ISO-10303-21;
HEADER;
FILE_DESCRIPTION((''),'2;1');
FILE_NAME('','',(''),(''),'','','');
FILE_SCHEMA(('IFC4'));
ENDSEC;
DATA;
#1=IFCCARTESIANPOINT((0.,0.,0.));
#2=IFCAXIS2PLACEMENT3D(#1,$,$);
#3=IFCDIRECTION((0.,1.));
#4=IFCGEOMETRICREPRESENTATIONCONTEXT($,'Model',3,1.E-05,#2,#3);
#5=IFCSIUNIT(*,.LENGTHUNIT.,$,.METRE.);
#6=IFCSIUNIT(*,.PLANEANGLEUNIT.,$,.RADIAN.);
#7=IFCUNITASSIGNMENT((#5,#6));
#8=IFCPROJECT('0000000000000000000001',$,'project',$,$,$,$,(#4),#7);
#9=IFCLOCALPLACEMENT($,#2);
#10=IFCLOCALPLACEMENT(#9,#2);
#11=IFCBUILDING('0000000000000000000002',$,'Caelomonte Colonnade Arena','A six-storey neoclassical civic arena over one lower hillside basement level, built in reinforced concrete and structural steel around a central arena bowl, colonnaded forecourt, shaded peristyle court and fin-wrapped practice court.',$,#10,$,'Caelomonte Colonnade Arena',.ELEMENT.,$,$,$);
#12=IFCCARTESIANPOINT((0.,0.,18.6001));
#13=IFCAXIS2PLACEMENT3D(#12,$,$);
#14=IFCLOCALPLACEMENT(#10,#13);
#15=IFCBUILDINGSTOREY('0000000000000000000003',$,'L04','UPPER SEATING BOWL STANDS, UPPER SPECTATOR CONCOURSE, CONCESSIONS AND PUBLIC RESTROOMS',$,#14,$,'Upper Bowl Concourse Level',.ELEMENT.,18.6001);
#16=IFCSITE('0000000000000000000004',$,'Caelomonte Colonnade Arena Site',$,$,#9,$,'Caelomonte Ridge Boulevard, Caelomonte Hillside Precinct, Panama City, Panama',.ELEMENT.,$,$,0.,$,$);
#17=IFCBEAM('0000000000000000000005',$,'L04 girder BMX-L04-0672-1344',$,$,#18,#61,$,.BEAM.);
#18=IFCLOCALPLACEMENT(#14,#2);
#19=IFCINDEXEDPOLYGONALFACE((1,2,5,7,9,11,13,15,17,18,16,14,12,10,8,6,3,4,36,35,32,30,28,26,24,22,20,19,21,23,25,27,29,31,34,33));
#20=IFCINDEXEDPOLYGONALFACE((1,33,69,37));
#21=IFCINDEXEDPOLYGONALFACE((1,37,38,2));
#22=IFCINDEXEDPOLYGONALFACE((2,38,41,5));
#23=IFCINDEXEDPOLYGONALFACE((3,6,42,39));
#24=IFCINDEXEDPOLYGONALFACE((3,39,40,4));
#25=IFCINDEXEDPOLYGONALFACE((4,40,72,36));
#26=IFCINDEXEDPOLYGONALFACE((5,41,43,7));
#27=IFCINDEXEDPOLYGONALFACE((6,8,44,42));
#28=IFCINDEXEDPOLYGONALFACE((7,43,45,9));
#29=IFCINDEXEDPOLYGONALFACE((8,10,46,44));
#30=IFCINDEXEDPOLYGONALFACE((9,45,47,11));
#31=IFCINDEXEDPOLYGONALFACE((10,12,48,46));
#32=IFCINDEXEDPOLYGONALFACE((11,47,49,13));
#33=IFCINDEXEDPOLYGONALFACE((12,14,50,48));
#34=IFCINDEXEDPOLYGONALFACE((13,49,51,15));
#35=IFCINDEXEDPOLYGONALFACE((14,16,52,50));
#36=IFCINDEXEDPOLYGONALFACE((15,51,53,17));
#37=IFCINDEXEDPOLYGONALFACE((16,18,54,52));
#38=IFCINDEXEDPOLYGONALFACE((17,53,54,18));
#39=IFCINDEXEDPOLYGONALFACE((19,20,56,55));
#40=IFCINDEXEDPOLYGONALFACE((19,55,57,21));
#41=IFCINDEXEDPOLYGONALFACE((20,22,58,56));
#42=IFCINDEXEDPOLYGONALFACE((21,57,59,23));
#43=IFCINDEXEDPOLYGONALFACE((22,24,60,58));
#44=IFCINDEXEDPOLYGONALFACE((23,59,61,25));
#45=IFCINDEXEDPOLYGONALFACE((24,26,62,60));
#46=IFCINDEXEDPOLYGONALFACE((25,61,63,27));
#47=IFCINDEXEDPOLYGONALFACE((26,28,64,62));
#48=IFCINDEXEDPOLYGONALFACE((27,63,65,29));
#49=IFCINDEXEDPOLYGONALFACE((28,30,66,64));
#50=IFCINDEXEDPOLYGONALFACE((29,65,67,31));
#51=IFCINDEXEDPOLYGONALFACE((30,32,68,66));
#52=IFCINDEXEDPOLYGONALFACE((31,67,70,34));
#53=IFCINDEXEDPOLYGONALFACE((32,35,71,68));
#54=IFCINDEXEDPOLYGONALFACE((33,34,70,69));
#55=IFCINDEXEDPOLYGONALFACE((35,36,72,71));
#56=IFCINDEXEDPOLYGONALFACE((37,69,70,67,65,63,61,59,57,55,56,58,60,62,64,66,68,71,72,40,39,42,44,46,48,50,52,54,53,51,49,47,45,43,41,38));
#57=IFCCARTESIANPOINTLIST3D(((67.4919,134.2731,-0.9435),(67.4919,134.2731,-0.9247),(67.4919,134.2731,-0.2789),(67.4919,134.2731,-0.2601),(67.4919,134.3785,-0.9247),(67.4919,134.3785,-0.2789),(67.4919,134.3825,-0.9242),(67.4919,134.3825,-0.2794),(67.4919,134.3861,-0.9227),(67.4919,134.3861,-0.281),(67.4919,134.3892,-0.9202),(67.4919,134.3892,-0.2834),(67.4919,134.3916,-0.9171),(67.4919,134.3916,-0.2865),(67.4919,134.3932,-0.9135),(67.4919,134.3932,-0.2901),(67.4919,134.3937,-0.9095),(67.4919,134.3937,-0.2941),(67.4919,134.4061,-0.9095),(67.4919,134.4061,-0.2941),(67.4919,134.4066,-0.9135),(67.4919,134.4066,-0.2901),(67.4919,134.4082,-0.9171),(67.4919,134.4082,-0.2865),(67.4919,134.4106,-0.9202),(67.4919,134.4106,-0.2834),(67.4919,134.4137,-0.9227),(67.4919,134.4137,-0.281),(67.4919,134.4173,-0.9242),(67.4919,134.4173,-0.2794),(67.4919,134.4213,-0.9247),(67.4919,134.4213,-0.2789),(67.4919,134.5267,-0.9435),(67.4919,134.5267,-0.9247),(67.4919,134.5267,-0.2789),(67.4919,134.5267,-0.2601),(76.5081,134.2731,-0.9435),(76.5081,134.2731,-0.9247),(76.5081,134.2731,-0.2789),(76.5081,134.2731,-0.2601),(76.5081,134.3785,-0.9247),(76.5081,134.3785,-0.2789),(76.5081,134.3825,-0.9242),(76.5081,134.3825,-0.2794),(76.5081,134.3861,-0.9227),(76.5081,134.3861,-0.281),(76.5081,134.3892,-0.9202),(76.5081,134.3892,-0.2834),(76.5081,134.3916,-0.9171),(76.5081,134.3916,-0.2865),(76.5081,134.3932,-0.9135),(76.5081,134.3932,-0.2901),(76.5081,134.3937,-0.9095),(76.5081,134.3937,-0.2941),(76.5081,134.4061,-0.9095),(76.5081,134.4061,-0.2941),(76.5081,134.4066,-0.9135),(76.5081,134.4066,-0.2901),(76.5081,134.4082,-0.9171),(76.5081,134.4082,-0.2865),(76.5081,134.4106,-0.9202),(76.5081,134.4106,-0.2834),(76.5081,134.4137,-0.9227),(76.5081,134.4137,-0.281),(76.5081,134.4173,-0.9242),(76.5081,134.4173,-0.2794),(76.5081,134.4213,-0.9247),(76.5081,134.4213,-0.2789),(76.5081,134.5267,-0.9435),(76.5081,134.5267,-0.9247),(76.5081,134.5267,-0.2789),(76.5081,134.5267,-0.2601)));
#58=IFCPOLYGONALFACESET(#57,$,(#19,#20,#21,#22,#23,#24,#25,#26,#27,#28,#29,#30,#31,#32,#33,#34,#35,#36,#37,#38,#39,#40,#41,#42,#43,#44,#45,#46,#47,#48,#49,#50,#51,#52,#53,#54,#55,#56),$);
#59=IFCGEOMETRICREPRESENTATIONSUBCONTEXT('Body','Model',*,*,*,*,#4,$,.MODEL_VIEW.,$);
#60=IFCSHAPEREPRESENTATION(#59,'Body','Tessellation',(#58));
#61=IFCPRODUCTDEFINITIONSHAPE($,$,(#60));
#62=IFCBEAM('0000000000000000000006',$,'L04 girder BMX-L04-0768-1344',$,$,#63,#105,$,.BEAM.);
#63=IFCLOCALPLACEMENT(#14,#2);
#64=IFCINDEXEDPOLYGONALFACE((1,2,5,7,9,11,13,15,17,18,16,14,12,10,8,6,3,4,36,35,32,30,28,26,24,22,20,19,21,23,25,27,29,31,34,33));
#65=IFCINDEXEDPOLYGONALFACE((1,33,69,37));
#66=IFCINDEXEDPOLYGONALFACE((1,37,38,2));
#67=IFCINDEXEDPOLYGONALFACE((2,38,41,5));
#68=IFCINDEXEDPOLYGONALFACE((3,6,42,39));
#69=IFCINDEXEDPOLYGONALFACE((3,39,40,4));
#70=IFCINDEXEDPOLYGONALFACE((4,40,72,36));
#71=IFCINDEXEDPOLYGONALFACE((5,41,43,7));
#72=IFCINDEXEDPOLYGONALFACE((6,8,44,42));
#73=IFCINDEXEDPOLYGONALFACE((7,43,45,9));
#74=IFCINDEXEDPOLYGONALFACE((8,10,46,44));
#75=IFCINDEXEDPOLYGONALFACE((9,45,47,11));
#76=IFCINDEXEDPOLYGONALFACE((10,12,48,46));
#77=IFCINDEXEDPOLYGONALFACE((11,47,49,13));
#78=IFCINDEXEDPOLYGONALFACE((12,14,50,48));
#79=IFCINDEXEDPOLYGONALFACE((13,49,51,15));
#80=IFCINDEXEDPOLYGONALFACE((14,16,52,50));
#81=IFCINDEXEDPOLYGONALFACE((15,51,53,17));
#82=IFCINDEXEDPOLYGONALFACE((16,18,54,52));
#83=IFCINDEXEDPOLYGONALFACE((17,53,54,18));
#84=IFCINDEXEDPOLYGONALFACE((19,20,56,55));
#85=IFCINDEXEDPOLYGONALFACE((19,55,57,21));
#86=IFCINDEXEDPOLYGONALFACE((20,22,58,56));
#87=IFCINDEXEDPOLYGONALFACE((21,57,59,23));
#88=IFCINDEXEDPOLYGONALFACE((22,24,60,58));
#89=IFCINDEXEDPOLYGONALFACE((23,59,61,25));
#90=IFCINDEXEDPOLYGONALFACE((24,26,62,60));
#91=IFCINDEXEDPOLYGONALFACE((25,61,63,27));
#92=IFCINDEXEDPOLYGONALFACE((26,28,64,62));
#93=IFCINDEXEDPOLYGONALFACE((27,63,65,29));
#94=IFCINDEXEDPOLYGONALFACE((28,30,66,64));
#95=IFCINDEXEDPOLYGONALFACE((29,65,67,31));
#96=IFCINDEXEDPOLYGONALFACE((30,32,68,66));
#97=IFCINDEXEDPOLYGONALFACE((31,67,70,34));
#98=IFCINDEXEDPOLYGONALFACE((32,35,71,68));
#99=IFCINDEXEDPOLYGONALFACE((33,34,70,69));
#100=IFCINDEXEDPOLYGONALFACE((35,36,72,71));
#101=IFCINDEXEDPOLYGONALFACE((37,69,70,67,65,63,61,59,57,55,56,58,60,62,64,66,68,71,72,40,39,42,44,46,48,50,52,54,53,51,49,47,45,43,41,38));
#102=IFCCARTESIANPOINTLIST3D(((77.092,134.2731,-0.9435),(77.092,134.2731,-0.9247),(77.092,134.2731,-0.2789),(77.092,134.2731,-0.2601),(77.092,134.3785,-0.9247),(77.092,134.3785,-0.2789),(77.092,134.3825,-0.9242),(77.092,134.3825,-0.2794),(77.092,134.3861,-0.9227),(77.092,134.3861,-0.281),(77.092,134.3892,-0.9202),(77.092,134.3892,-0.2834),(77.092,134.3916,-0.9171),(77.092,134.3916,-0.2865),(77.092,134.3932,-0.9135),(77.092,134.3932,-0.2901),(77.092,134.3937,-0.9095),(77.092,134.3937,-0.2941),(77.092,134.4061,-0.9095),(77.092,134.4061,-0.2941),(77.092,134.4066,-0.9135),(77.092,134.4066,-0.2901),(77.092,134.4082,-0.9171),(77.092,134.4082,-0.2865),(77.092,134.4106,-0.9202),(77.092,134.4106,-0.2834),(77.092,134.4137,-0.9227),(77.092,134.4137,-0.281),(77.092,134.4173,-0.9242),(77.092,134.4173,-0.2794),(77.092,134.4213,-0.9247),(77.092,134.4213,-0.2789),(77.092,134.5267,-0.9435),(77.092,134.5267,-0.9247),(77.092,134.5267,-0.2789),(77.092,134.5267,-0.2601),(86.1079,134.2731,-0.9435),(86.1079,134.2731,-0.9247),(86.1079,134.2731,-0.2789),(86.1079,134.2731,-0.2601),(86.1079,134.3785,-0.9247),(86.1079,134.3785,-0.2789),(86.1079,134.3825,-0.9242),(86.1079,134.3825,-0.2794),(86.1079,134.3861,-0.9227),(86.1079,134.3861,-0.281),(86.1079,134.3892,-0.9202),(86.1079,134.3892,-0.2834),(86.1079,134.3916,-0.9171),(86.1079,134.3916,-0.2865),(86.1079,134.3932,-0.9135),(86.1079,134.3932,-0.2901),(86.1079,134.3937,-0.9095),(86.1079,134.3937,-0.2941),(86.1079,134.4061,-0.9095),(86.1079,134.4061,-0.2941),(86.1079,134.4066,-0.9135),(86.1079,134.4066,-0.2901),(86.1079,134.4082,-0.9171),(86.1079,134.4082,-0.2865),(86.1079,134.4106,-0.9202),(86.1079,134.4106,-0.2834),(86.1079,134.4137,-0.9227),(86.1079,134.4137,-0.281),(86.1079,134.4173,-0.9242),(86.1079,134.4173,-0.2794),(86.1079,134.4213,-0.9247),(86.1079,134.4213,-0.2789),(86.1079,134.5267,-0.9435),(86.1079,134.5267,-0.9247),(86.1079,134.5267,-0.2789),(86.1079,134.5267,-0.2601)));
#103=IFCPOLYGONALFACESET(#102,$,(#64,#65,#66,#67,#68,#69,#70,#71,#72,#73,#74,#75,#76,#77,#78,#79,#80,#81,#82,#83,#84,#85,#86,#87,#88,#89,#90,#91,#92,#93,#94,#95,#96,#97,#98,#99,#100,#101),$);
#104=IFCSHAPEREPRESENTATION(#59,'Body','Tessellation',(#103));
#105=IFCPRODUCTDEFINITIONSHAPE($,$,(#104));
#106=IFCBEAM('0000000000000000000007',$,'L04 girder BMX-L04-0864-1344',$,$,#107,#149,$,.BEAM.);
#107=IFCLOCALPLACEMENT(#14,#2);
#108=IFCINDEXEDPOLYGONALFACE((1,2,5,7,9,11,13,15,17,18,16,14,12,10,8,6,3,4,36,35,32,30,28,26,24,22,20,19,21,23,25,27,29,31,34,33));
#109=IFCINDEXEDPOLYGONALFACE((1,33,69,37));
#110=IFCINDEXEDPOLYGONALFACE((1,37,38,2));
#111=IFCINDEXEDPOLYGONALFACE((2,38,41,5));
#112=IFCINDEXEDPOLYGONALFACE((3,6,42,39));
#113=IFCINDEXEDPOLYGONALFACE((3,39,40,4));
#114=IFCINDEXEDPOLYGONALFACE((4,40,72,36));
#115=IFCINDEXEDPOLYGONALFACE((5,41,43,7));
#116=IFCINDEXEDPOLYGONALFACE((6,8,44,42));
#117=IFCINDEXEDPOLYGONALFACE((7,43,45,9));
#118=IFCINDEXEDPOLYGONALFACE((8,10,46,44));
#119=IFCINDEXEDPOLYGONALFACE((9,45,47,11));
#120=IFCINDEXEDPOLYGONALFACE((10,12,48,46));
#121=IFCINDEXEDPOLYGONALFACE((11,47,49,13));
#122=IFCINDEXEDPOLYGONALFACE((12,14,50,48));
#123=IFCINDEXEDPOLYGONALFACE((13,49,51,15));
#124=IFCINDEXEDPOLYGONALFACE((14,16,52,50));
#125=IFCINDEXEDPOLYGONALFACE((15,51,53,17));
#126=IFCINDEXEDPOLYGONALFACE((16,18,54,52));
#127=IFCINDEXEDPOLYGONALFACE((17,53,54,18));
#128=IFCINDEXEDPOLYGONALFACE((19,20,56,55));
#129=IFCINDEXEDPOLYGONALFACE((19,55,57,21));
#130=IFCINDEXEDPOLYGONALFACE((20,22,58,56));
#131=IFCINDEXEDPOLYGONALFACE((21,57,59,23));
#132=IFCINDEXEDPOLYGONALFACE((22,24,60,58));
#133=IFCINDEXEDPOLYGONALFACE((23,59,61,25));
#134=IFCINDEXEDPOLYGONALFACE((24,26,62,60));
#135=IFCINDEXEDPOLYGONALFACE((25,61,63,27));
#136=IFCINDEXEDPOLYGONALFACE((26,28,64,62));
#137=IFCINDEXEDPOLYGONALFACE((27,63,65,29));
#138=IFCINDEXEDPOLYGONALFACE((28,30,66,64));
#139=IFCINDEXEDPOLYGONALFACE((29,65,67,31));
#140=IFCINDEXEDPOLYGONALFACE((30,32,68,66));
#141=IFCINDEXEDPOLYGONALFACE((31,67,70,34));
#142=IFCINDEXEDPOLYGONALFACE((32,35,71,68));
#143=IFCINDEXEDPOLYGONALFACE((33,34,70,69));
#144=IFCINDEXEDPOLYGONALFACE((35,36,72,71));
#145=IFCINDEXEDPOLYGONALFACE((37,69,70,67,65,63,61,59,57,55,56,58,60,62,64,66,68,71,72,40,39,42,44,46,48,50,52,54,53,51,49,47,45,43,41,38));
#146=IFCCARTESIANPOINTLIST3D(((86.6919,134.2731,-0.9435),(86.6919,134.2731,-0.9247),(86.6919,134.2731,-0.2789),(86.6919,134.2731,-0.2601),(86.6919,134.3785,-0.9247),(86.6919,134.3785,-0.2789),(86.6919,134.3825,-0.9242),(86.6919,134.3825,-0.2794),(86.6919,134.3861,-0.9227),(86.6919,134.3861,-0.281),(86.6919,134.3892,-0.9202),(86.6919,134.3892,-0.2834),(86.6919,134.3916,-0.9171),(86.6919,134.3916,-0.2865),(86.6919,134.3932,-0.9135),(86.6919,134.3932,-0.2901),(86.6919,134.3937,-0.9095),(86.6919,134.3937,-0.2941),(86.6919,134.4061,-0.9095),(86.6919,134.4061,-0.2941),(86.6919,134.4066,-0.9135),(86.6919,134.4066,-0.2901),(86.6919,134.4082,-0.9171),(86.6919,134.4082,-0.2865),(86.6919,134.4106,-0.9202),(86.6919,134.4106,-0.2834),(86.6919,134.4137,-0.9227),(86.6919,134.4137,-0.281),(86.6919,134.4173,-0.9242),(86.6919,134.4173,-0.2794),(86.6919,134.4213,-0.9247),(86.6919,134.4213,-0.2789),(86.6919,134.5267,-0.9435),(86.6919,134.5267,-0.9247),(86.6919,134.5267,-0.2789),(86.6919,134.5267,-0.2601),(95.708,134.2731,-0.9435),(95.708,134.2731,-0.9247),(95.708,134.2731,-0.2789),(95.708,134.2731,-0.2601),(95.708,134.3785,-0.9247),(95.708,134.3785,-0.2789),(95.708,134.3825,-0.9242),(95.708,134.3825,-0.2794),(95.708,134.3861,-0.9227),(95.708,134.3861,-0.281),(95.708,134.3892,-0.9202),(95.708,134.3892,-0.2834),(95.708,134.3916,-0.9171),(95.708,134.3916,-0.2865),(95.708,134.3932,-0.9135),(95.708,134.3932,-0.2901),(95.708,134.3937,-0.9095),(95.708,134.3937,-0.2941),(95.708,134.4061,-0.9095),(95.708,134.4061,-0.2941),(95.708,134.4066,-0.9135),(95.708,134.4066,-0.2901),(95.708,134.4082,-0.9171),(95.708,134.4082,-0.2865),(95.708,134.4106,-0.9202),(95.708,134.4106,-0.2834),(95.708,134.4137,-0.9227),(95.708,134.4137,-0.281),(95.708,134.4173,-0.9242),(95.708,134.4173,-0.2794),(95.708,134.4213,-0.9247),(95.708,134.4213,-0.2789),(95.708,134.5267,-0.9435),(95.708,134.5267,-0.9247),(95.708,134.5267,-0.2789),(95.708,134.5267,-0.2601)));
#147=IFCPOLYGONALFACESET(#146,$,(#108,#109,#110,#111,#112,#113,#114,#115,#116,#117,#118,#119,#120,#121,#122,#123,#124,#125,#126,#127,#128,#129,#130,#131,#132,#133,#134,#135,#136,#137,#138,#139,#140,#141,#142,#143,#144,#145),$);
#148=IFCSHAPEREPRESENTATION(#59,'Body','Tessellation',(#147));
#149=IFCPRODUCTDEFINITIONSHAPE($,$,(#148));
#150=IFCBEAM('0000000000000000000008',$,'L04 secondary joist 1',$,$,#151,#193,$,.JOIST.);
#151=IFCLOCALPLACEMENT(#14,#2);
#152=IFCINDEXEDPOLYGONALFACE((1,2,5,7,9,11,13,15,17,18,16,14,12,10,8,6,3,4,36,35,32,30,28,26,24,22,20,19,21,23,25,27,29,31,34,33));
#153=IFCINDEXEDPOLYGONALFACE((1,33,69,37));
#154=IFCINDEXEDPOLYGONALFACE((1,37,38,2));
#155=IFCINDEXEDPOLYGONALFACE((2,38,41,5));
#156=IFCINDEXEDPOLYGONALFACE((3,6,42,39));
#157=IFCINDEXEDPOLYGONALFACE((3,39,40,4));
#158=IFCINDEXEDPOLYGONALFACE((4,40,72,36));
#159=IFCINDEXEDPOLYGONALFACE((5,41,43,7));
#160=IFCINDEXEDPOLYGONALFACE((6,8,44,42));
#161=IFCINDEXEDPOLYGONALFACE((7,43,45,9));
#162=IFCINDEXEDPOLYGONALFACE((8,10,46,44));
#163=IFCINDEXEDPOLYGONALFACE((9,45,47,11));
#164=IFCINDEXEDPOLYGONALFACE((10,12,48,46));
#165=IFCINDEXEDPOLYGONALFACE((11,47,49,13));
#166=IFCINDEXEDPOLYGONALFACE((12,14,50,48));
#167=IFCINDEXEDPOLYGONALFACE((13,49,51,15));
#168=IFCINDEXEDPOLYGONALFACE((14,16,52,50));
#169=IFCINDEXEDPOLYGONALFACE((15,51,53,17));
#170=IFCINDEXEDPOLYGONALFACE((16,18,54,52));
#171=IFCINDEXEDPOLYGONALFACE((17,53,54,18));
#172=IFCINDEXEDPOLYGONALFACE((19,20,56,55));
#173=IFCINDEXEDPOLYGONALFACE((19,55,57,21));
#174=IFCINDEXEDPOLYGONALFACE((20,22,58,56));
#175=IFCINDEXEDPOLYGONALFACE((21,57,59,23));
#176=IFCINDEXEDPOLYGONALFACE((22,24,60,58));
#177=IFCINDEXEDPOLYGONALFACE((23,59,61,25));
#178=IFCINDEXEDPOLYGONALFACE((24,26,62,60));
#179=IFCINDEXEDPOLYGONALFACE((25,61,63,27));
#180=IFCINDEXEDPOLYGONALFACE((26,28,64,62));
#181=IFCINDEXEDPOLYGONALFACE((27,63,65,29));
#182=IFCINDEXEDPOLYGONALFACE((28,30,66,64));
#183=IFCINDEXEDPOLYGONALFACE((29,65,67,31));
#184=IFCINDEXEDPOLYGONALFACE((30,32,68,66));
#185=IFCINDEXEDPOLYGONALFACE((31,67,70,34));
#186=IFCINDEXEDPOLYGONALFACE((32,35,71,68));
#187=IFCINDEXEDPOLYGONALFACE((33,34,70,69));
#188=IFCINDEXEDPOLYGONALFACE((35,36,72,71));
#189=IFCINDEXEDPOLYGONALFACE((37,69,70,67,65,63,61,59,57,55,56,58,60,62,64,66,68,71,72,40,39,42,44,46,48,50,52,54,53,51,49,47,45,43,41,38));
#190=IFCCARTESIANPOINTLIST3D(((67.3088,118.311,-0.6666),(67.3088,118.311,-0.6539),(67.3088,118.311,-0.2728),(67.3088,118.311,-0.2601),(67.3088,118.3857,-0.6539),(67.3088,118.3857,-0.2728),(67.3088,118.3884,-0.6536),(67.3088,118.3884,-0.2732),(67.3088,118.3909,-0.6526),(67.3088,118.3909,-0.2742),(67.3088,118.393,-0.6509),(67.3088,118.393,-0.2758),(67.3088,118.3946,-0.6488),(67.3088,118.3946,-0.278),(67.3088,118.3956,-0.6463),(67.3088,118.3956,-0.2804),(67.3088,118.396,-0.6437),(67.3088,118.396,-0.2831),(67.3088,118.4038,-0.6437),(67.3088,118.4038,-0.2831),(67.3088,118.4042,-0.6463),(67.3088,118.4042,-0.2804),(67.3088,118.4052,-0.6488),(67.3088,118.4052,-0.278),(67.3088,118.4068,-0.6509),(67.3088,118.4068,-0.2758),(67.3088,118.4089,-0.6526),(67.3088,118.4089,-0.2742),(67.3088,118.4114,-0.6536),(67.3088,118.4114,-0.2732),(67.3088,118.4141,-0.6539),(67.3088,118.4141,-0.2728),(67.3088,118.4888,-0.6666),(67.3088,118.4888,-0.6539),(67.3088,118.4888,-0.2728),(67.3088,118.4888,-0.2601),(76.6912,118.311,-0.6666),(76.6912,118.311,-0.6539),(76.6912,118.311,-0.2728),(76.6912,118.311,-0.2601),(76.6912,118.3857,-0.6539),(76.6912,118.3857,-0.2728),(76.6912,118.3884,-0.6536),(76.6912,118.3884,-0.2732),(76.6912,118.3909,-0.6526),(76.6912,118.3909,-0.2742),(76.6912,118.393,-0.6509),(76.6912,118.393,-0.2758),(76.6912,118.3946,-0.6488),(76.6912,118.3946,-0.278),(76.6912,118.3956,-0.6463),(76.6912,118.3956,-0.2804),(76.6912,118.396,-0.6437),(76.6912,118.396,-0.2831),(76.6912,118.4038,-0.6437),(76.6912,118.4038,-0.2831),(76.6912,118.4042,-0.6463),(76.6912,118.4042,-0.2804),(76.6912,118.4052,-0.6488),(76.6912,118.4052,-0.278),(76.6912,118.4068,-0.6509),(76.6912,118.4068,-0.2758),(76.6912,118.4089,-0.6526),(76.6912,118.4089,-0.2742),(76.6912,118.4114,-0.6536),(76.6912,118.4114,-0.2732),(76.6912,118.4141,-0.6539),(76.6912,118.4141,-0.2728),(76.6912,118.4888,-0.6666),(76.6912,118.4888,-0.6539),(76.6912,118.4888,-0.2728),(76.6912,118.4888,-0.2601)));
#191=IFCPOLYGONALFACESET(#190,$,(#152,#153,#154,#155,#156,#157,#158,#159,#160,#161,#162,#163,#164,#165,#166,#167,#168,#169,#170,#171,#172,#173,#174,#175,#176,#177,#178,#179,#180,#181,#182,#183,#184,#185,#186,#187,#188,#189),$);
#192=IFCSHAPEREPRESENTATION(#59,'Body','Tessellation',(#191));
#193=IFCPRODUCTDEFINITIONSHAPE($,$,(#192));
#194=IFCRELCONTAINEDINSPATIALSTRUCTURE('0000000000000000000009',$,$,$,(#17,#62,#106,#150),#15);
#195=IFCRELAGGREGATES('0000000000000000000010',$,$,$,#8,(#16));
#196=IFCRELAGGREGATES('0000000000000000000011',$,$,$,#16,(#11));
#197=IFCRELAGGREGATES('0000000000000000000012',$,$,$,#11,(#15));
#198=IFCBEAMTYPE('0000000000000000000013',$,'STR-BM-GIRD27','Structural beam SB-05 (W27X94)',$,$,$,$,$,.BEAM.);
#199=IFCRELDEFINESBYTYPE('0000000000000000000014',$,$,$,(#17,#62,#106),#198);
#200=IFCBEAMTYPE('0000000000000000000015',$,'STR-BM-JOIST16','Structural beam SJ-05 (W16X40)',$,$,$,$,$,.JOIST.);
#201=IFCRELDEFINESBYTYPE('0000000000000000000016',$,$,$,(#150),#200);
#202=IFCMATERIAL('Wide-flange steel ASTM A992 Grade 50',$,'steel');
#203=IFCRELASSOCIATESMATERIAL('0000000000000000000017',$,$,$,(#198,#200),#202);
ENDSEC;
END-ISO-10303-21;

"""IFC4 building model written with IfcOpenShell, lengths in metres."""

from ifc_helpers import new_model, si_unit, direction, frame, origin, origin_2d, place, context, subcontext, project, spatial, i_section, extrude, material, material_profile, profile_set, type_object, element, save


model = new_model("IFC4")

# Units and contexts
model_context = context("Model", 3, precision=1e-05, world=origin(), true_north=direction((0.0, 1.0)))
body_context = subcontext(model_context, "Body", "Model", "MODEL_VIEW")
ifc_project = project(units=[si_unit("LENGTHUNIT", "METRE"), si_unit("PLANEANGLEUNIT", "RADIAN")], contexts=[model_context])

# Site, building, storey
site_placement = place(None, origin())
site = spatial("IfcSite", under=ifc_project, at=site_placement, Name="Caelomonte Colonnade Arena Site", LongName="Caelomonte Ridge Boulevard, Caelomonte Hillside Precinct, Panama City, Panama", CompositionType="ELEMENT", RefElevation=0.0)
building_placement = place(site_placement, origin())
building = spatial("IfcBuilding", under=site, at=building_placement, Name="Caelomonte Colonnade Arena", Description="A six-storey neoclassical civic arena over one lower hillside basement level, built in reinforced concrete and structural steel around a central arena bowl, colonnaded forecourt, shaded peristyle court and fin-wrapped practice court.", LongName="Caelomonte Colonnade Arena", CompositionType="ELEMENT")
storey_placement = place(building_placement, frame((0.0, 0.0, 18.6001)))
storey = spatial("IfcBuildingStorey", under=building, at=storey_placement, Name="L04", Description="UPPER SEATING BOWL STANDS, UPPER SPECTATOR CONCOURSE, CONCESSIONS AND PUBLIC RESTROOMS", LongName="Upper Bowl Concourse Level", CompositionType="ELEMENT", Elevation=18.6001)

# Beams
ifc_material_1 = material(Name="Wide-flange steel ASTM A992 Grade 50", Category="steel")
ifc_material_profile_1 = material_profile(ifc_material_1, i_section(OverallWidth=0.2537, OverallDepth=0.6833, WebThickness=0.0125, FlangeThickness=0.0188, FilletRadius=0.0151, at=origin_2d()), Name="W27X94")
ifc_profile_set_1 = profile_set([ifc_material_profile_1], Name="Wide-flange steel ASTM A992 Grade 50")
beam_type_1 = type_object("IfcBeamType", Name="STR-BM-GIRD27", Description="Structural beam SB-05 (W27X94)", PredefinedType="BEAM", material=ifc_profile_set_1)
for number, where, z_axis, x_axis, name in (
    (1, (67.4919, 134.3999, -0.6018), (1.0, 0.0, 0.0), (0.0, 1.0, 0.0), "L04 girder BMX-L04-0672-1344"),
):
    element("IfcBeam", number, at=place(storey_placement, frame(where, z_axis=z_axis, x_axis=x_axis)), inside=storey, type_object=beam_type_1, Name=name, PredefinedType="BEAM", context=body_context, shape_type="SweptSolid", body=[
        extrude(i_section(OverallWidth=0.2537, OverallDepth=0.6833, WebThickness=0.0125, FlangeThickness=0.0188, FilletRadius=0.0151, at=origin_2d()), origin(), (0.0, 0.0, 1.0), 9.0161),
    ])
beam_1_placement = place(storey_placement, frame((77.092, 134.3999, -0.6018), z_axis=(1.0, 0.0, 0.0), x_axis=(0.0, 1.0, 0.0)))
element("IfcBeam", 2, at=beam_1_placement, inside=storey, type_object=beam_type_1, Name="L04 girder BMX-L04-0768-1344", PredefinedType="BEAM", context=body_context, shape_type="SweptSolid", body=[
    extrude(i_section(OverallWidth=0.2537, OverallDepth=0.6833, WebThickness=0.0125, FlangeThickness=0.0188, FilletRadius=0.0151, at=origin_2d()), origin(), (0.0, 0.0, 1.0), 9.0159),
])
beam_2_placement = place(storey_placement, frame((86.6919, 134.3999, -0.6018), z_axis=(1.0, 0.0, 0.0), x_axis=(0.0, 1.0, 0.0)))
element("IfcBeam", 3, at=beam_2_placement, inside=storey, type_object=beam_type_1, Name="L04 girder BMX-L04-0864-1344", PredefinedType="BEAM", context=body_context, shape_type="SweptSolid", body=[
    extrude(i_section(OverallWidth=0.2537, OverallDepth=0.6833, WebThickness=0.0125, FlangeThickness=0.0188, FilletRadius=0.0151, at=origin_2d()), origin(), (0.0, 0.0, 1.0), 9.0161),
])
ifc_material_profile_2 = material_profile(ifc_material_1, i_section(OverallWidth=0.1777, OverallDepth=0.4065, WebThickness=0.0078, FlangeThickness=0.0127, FilletRadius=0.0103, at=origin_2d()), Name="W16X40")
ifc_profile_set_2 = profile_set([ifc_material_profile_2], Name="Wide-flange steel ASTM A992 Grade 50")
beam_type_2 = type_object("IfcBeamType", Name="STR-BM-JOIST16", Description="Structural beam SJ-05 (W16X40)", PredefinedType="JOIST", material=ifc_profile_set_2)
for number, where, z_axis, x_axis, name in (
    (4, (67.3088, 118.3999, -0.4634), (1.0, 0.0, 0.0), (0.0, 1.0, 0.0), "L04 secondary joist 1"),
):
    element("IfcBeam", number, at=place(storey_placement, frame(where, z_axis=z_axis, x_axis=x_axis)), inside=storey, type_object=beam_type_2, Name=name, PredefinedType="JOIST", context=body_context, shape_type="SweptSolid", body=[
        extrude(i_section(OverallWidth=0.1777, OverallDepth=0.4065, WebThickness=0.0078, FlangeThickness=0.0127, FilletRadius=0.0103, at=origin_2d()), origin(), (0.0, 0.0, 1.0), 9.3823),
    ])

save(model, "model.ifc")
